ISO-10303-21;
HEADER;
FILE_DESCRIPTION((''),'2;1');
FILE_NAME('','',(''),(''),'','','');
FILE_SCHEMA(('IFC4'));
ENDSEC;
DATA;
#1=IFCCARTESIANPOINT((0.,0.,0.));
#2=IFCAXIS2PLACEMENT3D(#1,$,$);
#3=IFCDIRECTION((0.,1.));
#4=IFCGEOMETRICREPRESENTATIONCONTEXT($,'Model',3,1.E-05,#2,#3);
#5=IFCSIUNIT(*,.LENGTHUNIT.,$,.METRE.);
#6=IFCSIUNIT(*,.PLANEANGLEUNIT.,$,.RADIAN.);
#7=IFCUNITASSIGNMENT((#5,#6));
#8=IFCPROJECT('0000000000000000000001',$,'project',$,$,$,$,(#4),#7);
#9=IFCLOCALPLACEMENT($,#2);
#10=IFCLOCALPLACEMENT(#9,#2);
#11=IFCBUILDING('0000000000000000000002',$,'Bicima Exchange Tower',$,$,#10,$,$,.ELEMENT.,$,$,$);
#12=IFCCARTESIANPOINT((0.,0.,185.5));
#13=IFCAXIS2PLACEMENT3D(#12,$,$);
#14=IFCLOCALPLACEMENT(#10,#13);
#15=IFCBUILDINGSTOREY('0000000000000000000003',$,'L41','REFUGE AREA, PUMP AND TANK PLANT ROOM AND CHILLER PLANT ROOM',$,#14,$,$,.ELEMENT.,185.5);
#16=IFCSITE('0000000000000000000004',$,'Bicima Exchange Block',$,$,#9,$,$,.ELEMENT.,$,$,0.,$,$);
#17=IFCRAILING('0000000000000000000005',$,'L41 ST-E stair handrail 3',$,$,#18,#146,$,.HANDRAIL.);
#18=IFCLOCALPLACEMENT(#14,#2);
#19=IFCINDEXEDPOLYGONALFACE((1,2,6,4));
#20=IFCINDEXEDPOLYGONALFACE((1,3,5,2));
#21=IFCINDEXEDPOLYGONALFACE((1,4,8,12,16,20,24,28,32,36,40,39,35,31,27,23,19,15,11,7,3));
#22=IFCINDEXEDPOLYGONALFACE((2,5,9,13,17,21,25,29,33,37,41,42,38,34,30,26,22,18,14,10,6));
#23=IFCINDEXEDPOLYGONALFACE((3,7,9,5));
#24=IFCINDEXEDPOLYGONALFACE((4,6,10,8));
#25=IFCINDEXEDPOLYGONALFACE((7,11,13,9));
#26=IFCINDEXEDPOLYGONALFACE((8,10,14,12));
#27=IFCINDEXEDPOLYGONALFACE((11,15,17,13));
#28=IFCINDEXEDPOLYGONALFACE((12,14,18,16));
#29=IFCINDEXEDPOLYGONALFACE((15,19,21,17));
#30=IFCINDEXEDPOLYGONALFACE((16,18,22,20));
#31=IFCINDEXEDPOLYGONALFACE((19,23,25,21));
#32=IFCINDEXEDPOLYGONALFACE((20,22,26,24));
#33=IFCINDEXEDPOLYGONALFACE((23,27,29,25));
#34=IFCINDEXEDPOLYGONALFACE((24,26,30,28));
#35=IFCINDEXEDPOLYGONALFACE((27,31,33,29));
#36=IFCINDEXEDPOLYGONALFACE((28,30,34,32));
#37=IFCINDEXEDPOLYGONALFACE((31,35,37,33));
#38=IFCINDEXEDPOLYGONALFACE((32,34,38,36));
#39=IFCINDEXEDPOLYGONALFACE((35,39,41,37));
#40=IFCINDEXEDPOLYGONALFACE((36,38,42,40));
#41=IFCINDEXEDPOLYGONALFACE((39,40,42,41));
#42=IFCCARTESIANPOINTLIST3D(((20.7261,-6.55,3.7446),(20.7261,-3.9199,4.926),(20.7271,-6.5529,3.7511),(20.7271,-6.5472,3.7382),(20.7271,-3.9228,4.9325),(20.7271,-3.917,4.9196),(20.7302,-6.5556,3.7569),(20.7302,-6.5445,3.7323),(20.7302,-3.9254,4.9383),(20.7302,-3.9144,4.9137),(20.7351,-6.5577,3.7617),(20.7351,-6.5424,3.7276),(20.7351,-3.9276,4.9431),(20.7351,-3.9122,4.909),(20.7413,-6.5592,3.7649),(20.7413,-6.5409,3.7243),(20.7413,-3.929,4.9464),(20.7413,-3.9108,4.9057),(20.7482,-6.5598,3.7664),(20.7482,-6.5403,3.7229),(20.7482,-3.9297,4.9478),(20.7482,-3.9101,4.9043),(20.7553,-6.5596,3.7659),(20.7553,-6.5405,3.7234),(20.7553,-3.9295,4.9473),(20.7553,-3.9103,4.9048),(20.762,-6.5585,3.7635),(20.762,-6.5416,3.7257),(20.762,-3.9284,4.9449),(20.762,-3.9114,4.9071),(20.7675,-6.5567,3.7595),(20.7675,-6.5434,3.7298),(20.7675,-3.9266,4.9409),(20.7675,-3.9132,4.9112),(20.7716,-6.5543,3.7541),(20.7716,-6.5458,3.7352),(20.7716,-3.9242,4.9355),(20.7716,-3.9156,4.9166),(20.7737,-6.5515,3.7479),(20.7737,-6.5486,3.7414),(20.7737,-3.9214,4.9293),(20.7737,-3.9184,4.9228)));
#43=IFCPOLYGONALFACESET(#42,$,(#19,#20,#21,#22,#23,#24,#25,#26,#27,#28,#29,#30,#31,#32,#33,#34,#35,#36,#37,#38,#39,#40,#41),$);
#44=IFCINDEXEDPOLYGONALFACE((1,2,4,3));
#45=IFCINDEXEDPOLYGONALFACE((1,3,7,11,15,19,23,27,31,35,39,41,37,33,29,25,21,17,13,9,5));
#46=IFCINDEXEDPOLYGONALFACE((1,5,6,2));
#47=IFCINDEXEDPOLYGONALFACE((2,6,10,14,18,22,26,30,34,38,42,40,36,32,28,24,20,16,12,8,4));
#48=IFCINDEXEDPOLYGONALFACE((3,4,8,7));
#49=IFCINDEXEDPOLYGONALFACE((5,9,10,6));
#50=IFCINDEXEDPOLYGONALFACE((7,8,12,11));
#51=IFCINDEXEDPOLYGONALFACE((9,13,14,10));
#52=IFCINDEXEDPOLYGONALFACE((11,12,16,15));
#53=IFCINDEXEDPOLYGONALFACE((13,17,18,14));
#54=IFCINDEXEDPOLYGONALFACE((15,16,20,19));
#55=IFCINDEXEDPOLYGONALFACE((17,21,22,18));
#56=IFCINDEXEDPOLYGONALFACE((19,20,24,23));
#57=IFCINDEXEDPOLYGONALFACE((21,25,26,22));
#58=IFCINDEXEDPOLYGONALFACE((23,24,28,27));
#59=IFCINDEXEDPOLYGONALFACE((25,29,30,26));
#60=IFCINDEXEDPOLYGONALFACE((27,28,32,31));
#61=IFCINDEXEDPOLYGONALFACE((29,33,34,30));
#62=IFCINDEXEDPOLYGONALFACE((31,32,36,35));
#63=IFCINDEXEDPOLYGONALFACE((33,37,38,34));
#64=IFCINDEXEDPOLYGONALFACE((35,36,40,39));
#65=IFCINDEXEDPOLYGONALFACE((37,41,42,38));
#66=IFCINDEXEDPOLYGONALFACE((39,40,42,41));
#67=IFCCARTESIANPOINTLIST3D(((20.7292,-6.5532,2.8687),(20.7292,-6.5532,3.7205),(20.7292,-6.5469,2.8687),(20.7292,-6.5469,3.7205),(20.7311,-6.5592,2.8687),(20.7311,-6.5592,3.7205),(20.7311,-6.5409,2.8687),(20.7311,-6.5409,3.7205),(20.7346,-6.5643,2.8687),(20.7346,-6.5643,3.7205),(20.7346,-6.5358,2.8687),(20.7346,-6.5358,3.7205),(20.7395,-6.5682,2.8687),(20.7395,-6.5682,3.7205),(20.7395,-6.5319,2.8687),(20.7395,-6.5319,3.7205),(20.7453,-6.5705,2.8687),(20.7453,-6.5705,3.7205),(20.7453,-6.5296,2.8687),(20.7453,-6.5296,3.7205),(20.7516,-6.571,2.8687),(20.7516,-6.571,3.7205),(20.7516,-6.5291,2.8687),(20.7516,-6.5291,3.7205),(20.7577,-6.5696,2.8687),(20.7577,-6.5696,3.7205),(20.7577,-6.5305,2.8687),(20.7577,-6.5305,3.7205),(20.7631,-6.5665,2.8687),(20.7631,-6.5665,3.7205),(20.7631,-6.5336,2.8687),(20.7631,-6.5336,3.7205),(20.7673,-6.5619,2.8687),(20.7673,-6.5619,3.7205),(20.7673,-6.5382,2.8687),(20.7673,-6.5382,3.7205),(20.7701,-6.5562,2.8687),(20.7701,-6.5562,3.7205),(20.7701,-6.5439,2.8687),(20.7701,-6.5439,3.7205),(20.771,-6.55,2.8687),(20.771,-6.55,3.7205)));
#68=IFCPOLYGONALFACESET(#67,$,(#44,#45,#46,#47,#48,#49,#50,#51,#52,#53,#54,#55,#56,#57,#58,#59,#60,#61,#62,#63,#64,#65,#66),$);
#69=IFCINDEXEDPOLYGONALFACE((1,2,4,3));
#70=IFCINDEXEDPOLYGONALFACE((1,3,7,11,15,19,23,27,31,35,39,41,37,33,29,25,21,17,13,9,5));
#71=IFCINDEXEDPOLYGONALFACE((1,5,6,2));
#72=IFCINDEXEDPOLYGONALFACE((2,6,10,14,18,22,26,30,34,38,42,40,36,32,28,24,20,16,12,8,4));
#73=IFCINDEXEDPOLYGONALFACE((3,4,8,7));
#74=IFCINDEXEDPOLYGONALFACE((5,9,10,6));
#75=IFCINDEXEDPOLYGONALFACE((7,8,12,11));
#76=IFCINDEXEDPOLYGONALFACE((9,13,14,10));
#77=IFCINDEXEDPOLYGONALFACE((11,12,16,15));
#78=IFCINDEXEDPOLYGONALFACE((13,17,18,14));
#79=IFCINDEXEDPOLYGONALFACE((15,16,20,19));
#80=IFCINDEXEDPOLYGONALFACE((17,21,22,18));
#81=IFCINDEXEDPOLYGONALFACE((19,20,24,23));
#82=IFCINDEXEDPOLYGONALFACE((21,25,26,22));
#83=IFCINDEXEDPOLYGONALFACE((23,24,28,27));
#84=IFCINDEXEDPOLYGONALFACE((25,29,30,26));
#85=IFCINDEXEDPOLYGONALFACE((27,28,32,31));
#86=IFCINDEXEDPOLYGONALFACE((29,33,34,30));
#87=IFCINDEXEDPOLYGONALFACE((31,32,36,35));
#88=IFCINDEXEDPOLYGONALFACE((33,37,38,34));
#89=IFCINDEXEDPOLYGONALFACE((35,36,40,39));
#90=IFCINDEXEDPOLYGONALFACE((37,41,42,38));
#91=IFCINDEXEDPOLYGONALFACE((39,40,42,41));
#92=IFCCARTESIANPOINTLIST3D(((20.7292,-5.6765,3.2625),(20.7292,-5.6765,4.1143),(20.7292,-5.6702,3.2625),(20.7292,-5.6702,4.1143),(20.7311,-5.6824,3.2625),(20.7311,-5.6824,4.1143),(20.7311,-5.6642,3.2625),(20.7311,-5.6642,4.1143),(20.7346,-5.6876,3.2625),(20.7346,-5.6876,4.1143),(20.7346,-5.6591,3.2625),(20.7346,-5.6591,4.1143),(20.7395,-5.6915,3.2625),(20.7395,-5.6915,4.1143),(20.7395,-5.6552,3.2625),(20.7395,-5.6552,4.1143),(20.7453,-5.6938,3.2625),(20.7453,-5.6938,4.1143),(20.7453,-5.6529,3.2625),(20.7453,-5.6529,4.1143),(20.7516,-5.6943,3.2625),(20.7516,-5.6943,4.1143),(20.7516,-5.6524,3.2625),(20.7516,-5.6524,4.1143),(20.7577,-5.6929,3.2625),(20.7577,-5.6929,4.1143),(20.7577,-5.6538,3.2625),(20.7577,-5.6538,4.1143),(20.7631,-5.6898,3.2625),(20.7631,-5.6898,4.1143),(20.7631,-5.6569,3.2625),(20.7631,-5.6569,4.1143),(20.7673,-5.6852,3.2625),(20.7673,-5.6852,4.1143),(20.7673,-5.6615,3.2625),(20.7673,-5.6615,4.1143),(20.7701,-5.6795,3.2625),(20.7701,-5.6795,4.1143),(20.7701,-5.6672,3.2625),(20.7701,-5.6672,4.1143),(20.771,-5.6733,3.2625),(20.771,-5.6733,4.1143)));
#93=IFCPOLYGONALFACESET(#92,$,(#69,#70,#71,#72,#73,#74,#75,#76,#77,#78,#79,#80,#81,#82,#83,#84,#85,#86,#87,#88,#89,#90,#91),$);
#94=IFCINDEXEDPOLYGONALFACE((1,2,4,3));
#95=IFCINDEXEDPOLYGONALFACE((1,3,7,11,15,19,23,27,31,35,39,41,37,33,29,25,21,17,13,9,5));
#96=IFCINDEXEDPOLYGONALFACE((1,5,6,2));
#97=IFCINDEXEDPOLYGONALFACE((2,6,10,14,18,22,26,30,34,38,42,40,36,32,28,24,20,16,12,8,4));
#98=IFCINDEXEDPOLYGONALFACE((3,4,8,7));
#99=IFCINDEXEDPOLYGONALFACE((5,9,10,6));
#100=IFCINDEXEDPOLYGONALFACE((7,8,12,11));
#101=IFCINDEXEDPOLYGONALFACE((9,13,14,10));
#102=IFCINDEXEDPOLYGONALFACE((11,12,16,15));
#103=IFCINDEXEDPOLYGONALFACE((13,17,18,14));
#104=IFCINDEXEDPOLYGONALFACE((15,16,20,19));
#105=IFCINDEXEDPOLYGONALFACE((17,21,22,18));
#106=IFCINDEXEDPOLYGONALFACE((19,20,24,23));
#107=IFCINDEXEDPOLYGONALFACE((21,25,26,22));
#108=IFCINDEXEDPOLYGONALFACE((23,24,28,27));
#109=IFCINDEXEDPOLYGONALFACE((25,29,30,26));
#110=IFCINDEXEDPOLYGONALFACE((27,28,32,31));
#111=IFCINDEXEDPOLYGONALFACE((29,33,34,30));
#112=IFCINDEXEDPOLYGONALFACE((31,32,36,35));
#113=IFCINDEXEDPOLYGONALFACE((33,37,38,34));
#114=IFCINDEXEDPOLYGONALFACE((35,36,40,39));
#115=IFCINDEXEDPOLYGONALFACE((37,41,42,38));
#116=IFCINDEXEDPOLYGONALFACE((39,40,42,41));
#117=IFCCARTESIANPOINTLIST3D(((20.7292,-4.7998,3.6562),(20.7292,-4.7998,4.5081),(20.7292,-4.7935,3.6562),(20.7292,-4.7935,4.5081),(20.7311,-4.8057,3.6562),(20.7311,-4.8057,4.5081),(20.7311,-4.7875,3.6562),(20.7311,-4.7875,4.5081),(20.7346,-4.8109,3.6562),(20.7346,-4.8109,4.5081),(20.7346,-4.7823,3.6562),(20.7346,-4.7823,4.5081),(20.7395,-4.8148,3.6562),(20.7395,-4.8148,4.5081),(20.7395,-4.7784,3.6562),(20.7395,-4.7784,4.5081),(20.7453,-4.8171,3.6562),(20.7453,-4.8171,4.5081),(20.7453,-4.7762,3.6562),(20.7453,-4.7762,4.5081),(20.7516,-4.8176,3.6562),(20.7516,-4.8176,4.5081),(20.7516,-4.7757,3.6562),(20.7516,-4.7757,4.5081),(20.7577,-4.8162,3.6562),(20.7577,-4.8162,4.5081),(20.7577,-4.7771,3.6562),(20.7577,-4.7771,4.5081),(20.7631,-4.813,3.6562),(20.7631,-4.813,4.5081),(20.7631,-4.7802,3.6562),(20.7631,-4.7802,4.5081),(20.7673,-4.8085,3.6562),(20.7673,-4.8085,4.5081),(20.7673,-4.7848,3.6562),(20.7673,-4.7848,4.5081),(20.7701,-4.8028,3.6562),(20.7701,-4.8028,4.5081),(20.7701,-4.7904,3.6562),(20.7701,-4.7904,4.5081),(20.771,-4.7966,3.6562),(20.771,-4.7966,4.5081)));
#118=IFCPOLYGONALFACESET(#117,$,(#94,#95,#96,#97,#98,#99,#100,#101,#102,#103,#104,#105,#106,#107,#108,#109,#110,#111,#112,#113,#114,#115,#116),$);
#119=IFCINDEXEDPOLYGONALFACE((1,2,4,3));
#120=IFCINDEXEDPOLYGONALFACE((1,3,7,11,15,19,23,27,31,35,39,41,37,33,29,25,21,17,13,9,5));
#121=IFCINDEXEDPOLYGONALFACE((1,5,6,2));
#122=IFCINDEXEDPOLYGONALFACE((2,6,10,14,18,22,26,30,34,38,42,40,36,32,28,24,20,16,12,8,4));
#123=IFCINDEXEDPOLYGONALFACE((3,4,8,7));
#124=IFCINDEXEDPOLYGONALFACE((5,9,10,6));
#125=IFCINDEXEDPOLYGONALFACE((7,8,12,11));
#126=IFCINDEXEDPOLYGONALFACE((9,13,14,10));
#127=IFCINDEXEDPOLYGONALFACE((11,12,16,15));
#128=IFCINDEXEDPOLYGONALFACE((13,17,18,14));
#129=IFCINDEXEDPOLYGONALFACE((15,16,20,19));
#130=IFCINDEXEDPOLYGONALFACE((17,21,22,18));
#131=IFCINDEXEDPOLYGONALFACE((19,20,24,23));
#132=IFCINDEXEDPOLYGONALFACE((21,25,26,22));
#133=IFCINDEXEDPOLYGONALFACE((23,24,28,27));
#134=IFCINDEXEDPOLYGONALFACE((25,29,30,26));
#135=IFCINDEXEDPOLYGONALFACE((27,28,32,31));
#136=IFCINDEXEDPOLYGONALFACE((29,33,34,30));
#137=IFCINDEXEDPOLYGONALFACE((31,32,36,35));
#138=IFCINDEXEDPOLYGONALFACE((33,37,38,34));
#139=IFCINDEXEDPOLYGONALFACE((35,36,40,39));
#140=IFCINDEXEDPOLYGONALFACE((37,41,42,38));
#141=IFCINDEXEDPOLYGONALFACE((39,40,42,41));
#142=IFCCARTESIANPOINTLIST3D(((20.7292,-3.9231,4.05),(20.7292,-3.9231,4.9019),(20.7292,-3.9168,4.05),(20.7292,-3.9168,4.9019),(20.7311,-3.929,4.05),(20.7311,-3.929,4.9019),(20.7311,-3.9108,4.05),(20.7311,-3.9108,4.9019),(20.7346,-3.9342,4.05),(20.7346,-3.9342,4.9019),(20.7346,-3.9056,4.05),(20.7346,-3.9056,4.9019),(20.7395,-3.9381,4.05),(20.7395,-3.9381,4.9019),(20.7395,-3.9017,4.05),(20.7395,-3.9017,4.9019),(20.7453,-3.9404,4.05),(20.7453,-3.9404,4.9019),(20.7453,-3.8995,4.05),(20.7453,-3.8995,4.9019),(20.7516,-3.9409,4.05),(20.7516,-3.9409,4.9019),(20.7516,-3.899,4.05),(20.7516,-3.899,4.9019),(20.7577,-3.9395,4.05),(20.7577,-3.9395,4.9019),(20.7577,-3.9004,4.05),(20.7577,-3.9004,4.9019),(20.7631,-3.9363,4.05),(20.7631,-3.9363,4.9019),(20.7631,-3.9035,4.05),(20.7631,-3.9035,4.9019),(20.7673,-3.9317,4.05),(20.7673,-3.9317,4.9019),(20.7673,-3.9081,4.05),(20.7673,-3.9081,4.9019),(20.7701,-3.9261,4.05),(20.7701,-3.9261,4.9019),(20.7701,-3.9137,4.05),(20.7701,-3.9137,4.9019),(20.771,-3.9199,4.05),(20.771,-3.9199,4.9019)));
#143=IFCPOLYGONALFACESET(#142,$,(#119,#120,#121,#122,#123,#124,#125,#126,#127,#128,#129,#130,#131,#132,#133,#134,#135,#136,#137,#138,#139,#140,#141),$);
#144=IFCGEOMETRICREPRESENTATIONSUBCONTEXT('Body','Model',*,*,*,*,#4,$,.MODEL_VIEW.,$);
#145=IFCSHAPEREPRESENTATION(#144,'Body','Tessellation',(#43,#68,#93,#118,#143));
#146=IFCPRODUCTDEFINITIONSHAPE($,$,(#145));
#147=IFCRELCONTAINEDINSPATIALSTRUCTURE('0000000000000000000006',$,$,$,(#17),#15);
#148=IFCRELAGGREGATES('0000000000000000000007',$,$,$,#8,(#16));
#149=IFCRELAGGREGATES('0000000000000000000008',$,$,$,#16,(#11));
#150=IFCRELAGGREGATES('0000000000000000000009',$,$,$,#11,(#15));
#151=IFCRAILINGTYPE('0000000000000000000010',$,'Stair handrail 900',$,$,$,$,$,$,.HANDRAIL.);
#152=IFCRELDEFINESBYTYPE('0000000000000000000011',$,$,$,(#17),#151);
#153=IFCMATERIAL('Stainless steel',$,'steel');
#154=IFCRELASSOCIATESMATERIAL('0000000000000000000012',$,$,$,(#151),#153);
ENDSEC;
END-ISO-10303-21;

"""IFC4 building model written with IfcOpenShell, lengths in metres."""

from ifc_helpers import new_model, si_unit, direction, frame, origin, origin_2d, place, context, subcontext, project, spatial, circle, extrude, material, type_object, element, save


model = new_model("IFC4")

# Units and contexts
model_context = context("Model", 3, precision=1e-05, world=origin(), true_north=direction((0.0, 1.0)))
body_context = subcontext(model_context, "Body", "Model", "MODEL_VIEW")
ifc_project = project(units=[si_unit("LENGTHUNIT", "METRE"), si_unit("PLANEANGLEUNIT", "RADIAN")], contexts=[model_context])

# Site, building, storey
site_placement = place(None, origin())
site = spatial("IfcSite", under=ifc_project, at=site_placement, Name="Bicima Exchange Block", CompositionType="ELEMENT", RefElevation=0.0)
building_placement = place(site_placement, origin())
building = spatial("IfcBuilding", under=site, at=building_placement, Name="Bicima Exchange Tower", CompositionType="ELEMENT")
storey_placement = place(building_placement, frame((0.0, 0.0, 185.5)))
storey = spatial("IfcBuildingStorey", under=building, at=storey_placement, Name="L41", Description="REFUGE AREA, PUMP AND TANK PLANT ROOM AND CHILLER PLANT ROOM", CompositionType="ELEMENT", Elevation=185.5)

# Railing
ifc_material_1 = material(Name="Stainless steel", Category="steel")
railing_type_1 = type_object("IfcRailingType", Name="Stair handrail 900", PredefinedType="HANDRAIL", material=ifc_material_1)
railing_1_placement = place(storey_placement, frame((20.75, -6.55, 2.8687)))
element("IfcRailing", 1, at=railing_1_placement, inside=storey, type_object=railing_type_1, Name="L41 ST-E stair handrail 3", PredefinedType="HANDRAIL", context=body_context, shape_type="SweptSolid", body=[
    extrude(circle(Radius=0.0239, at=origin_2d()), frame((0.0, 0.0, 0.876), z_axis=(0.0, 0.912202, 0.409741), x_axis=(-1.0, 0.0, 0.0)), (0.0, 0.0, 1.0), 2.8833),
    extrude(circle(Radius=0.021, at=origin_2d()), origin(), (0.0, 0.0, 1.0), 0.8518),
    extrude(circle(Radius=0.021, at=origin_2d()), frame((0.0, 0.8767, 0.3938)), (0.0, 0.0, 1.0), 0.8518),
    extrude(circle(Radius=0.021, at=origin_2d()), frame((0.0, 1.7534, 0.7876)), (0.0, 0.0, 1.0), 0.8518),
    extrude(circle(Radius=0.021, at=origin_2d()), frame((0.0, 2.6301, 1.1814)), (0.0, 0.0, 1.0), 0.8518),
])

save(model, "model.ifc")
